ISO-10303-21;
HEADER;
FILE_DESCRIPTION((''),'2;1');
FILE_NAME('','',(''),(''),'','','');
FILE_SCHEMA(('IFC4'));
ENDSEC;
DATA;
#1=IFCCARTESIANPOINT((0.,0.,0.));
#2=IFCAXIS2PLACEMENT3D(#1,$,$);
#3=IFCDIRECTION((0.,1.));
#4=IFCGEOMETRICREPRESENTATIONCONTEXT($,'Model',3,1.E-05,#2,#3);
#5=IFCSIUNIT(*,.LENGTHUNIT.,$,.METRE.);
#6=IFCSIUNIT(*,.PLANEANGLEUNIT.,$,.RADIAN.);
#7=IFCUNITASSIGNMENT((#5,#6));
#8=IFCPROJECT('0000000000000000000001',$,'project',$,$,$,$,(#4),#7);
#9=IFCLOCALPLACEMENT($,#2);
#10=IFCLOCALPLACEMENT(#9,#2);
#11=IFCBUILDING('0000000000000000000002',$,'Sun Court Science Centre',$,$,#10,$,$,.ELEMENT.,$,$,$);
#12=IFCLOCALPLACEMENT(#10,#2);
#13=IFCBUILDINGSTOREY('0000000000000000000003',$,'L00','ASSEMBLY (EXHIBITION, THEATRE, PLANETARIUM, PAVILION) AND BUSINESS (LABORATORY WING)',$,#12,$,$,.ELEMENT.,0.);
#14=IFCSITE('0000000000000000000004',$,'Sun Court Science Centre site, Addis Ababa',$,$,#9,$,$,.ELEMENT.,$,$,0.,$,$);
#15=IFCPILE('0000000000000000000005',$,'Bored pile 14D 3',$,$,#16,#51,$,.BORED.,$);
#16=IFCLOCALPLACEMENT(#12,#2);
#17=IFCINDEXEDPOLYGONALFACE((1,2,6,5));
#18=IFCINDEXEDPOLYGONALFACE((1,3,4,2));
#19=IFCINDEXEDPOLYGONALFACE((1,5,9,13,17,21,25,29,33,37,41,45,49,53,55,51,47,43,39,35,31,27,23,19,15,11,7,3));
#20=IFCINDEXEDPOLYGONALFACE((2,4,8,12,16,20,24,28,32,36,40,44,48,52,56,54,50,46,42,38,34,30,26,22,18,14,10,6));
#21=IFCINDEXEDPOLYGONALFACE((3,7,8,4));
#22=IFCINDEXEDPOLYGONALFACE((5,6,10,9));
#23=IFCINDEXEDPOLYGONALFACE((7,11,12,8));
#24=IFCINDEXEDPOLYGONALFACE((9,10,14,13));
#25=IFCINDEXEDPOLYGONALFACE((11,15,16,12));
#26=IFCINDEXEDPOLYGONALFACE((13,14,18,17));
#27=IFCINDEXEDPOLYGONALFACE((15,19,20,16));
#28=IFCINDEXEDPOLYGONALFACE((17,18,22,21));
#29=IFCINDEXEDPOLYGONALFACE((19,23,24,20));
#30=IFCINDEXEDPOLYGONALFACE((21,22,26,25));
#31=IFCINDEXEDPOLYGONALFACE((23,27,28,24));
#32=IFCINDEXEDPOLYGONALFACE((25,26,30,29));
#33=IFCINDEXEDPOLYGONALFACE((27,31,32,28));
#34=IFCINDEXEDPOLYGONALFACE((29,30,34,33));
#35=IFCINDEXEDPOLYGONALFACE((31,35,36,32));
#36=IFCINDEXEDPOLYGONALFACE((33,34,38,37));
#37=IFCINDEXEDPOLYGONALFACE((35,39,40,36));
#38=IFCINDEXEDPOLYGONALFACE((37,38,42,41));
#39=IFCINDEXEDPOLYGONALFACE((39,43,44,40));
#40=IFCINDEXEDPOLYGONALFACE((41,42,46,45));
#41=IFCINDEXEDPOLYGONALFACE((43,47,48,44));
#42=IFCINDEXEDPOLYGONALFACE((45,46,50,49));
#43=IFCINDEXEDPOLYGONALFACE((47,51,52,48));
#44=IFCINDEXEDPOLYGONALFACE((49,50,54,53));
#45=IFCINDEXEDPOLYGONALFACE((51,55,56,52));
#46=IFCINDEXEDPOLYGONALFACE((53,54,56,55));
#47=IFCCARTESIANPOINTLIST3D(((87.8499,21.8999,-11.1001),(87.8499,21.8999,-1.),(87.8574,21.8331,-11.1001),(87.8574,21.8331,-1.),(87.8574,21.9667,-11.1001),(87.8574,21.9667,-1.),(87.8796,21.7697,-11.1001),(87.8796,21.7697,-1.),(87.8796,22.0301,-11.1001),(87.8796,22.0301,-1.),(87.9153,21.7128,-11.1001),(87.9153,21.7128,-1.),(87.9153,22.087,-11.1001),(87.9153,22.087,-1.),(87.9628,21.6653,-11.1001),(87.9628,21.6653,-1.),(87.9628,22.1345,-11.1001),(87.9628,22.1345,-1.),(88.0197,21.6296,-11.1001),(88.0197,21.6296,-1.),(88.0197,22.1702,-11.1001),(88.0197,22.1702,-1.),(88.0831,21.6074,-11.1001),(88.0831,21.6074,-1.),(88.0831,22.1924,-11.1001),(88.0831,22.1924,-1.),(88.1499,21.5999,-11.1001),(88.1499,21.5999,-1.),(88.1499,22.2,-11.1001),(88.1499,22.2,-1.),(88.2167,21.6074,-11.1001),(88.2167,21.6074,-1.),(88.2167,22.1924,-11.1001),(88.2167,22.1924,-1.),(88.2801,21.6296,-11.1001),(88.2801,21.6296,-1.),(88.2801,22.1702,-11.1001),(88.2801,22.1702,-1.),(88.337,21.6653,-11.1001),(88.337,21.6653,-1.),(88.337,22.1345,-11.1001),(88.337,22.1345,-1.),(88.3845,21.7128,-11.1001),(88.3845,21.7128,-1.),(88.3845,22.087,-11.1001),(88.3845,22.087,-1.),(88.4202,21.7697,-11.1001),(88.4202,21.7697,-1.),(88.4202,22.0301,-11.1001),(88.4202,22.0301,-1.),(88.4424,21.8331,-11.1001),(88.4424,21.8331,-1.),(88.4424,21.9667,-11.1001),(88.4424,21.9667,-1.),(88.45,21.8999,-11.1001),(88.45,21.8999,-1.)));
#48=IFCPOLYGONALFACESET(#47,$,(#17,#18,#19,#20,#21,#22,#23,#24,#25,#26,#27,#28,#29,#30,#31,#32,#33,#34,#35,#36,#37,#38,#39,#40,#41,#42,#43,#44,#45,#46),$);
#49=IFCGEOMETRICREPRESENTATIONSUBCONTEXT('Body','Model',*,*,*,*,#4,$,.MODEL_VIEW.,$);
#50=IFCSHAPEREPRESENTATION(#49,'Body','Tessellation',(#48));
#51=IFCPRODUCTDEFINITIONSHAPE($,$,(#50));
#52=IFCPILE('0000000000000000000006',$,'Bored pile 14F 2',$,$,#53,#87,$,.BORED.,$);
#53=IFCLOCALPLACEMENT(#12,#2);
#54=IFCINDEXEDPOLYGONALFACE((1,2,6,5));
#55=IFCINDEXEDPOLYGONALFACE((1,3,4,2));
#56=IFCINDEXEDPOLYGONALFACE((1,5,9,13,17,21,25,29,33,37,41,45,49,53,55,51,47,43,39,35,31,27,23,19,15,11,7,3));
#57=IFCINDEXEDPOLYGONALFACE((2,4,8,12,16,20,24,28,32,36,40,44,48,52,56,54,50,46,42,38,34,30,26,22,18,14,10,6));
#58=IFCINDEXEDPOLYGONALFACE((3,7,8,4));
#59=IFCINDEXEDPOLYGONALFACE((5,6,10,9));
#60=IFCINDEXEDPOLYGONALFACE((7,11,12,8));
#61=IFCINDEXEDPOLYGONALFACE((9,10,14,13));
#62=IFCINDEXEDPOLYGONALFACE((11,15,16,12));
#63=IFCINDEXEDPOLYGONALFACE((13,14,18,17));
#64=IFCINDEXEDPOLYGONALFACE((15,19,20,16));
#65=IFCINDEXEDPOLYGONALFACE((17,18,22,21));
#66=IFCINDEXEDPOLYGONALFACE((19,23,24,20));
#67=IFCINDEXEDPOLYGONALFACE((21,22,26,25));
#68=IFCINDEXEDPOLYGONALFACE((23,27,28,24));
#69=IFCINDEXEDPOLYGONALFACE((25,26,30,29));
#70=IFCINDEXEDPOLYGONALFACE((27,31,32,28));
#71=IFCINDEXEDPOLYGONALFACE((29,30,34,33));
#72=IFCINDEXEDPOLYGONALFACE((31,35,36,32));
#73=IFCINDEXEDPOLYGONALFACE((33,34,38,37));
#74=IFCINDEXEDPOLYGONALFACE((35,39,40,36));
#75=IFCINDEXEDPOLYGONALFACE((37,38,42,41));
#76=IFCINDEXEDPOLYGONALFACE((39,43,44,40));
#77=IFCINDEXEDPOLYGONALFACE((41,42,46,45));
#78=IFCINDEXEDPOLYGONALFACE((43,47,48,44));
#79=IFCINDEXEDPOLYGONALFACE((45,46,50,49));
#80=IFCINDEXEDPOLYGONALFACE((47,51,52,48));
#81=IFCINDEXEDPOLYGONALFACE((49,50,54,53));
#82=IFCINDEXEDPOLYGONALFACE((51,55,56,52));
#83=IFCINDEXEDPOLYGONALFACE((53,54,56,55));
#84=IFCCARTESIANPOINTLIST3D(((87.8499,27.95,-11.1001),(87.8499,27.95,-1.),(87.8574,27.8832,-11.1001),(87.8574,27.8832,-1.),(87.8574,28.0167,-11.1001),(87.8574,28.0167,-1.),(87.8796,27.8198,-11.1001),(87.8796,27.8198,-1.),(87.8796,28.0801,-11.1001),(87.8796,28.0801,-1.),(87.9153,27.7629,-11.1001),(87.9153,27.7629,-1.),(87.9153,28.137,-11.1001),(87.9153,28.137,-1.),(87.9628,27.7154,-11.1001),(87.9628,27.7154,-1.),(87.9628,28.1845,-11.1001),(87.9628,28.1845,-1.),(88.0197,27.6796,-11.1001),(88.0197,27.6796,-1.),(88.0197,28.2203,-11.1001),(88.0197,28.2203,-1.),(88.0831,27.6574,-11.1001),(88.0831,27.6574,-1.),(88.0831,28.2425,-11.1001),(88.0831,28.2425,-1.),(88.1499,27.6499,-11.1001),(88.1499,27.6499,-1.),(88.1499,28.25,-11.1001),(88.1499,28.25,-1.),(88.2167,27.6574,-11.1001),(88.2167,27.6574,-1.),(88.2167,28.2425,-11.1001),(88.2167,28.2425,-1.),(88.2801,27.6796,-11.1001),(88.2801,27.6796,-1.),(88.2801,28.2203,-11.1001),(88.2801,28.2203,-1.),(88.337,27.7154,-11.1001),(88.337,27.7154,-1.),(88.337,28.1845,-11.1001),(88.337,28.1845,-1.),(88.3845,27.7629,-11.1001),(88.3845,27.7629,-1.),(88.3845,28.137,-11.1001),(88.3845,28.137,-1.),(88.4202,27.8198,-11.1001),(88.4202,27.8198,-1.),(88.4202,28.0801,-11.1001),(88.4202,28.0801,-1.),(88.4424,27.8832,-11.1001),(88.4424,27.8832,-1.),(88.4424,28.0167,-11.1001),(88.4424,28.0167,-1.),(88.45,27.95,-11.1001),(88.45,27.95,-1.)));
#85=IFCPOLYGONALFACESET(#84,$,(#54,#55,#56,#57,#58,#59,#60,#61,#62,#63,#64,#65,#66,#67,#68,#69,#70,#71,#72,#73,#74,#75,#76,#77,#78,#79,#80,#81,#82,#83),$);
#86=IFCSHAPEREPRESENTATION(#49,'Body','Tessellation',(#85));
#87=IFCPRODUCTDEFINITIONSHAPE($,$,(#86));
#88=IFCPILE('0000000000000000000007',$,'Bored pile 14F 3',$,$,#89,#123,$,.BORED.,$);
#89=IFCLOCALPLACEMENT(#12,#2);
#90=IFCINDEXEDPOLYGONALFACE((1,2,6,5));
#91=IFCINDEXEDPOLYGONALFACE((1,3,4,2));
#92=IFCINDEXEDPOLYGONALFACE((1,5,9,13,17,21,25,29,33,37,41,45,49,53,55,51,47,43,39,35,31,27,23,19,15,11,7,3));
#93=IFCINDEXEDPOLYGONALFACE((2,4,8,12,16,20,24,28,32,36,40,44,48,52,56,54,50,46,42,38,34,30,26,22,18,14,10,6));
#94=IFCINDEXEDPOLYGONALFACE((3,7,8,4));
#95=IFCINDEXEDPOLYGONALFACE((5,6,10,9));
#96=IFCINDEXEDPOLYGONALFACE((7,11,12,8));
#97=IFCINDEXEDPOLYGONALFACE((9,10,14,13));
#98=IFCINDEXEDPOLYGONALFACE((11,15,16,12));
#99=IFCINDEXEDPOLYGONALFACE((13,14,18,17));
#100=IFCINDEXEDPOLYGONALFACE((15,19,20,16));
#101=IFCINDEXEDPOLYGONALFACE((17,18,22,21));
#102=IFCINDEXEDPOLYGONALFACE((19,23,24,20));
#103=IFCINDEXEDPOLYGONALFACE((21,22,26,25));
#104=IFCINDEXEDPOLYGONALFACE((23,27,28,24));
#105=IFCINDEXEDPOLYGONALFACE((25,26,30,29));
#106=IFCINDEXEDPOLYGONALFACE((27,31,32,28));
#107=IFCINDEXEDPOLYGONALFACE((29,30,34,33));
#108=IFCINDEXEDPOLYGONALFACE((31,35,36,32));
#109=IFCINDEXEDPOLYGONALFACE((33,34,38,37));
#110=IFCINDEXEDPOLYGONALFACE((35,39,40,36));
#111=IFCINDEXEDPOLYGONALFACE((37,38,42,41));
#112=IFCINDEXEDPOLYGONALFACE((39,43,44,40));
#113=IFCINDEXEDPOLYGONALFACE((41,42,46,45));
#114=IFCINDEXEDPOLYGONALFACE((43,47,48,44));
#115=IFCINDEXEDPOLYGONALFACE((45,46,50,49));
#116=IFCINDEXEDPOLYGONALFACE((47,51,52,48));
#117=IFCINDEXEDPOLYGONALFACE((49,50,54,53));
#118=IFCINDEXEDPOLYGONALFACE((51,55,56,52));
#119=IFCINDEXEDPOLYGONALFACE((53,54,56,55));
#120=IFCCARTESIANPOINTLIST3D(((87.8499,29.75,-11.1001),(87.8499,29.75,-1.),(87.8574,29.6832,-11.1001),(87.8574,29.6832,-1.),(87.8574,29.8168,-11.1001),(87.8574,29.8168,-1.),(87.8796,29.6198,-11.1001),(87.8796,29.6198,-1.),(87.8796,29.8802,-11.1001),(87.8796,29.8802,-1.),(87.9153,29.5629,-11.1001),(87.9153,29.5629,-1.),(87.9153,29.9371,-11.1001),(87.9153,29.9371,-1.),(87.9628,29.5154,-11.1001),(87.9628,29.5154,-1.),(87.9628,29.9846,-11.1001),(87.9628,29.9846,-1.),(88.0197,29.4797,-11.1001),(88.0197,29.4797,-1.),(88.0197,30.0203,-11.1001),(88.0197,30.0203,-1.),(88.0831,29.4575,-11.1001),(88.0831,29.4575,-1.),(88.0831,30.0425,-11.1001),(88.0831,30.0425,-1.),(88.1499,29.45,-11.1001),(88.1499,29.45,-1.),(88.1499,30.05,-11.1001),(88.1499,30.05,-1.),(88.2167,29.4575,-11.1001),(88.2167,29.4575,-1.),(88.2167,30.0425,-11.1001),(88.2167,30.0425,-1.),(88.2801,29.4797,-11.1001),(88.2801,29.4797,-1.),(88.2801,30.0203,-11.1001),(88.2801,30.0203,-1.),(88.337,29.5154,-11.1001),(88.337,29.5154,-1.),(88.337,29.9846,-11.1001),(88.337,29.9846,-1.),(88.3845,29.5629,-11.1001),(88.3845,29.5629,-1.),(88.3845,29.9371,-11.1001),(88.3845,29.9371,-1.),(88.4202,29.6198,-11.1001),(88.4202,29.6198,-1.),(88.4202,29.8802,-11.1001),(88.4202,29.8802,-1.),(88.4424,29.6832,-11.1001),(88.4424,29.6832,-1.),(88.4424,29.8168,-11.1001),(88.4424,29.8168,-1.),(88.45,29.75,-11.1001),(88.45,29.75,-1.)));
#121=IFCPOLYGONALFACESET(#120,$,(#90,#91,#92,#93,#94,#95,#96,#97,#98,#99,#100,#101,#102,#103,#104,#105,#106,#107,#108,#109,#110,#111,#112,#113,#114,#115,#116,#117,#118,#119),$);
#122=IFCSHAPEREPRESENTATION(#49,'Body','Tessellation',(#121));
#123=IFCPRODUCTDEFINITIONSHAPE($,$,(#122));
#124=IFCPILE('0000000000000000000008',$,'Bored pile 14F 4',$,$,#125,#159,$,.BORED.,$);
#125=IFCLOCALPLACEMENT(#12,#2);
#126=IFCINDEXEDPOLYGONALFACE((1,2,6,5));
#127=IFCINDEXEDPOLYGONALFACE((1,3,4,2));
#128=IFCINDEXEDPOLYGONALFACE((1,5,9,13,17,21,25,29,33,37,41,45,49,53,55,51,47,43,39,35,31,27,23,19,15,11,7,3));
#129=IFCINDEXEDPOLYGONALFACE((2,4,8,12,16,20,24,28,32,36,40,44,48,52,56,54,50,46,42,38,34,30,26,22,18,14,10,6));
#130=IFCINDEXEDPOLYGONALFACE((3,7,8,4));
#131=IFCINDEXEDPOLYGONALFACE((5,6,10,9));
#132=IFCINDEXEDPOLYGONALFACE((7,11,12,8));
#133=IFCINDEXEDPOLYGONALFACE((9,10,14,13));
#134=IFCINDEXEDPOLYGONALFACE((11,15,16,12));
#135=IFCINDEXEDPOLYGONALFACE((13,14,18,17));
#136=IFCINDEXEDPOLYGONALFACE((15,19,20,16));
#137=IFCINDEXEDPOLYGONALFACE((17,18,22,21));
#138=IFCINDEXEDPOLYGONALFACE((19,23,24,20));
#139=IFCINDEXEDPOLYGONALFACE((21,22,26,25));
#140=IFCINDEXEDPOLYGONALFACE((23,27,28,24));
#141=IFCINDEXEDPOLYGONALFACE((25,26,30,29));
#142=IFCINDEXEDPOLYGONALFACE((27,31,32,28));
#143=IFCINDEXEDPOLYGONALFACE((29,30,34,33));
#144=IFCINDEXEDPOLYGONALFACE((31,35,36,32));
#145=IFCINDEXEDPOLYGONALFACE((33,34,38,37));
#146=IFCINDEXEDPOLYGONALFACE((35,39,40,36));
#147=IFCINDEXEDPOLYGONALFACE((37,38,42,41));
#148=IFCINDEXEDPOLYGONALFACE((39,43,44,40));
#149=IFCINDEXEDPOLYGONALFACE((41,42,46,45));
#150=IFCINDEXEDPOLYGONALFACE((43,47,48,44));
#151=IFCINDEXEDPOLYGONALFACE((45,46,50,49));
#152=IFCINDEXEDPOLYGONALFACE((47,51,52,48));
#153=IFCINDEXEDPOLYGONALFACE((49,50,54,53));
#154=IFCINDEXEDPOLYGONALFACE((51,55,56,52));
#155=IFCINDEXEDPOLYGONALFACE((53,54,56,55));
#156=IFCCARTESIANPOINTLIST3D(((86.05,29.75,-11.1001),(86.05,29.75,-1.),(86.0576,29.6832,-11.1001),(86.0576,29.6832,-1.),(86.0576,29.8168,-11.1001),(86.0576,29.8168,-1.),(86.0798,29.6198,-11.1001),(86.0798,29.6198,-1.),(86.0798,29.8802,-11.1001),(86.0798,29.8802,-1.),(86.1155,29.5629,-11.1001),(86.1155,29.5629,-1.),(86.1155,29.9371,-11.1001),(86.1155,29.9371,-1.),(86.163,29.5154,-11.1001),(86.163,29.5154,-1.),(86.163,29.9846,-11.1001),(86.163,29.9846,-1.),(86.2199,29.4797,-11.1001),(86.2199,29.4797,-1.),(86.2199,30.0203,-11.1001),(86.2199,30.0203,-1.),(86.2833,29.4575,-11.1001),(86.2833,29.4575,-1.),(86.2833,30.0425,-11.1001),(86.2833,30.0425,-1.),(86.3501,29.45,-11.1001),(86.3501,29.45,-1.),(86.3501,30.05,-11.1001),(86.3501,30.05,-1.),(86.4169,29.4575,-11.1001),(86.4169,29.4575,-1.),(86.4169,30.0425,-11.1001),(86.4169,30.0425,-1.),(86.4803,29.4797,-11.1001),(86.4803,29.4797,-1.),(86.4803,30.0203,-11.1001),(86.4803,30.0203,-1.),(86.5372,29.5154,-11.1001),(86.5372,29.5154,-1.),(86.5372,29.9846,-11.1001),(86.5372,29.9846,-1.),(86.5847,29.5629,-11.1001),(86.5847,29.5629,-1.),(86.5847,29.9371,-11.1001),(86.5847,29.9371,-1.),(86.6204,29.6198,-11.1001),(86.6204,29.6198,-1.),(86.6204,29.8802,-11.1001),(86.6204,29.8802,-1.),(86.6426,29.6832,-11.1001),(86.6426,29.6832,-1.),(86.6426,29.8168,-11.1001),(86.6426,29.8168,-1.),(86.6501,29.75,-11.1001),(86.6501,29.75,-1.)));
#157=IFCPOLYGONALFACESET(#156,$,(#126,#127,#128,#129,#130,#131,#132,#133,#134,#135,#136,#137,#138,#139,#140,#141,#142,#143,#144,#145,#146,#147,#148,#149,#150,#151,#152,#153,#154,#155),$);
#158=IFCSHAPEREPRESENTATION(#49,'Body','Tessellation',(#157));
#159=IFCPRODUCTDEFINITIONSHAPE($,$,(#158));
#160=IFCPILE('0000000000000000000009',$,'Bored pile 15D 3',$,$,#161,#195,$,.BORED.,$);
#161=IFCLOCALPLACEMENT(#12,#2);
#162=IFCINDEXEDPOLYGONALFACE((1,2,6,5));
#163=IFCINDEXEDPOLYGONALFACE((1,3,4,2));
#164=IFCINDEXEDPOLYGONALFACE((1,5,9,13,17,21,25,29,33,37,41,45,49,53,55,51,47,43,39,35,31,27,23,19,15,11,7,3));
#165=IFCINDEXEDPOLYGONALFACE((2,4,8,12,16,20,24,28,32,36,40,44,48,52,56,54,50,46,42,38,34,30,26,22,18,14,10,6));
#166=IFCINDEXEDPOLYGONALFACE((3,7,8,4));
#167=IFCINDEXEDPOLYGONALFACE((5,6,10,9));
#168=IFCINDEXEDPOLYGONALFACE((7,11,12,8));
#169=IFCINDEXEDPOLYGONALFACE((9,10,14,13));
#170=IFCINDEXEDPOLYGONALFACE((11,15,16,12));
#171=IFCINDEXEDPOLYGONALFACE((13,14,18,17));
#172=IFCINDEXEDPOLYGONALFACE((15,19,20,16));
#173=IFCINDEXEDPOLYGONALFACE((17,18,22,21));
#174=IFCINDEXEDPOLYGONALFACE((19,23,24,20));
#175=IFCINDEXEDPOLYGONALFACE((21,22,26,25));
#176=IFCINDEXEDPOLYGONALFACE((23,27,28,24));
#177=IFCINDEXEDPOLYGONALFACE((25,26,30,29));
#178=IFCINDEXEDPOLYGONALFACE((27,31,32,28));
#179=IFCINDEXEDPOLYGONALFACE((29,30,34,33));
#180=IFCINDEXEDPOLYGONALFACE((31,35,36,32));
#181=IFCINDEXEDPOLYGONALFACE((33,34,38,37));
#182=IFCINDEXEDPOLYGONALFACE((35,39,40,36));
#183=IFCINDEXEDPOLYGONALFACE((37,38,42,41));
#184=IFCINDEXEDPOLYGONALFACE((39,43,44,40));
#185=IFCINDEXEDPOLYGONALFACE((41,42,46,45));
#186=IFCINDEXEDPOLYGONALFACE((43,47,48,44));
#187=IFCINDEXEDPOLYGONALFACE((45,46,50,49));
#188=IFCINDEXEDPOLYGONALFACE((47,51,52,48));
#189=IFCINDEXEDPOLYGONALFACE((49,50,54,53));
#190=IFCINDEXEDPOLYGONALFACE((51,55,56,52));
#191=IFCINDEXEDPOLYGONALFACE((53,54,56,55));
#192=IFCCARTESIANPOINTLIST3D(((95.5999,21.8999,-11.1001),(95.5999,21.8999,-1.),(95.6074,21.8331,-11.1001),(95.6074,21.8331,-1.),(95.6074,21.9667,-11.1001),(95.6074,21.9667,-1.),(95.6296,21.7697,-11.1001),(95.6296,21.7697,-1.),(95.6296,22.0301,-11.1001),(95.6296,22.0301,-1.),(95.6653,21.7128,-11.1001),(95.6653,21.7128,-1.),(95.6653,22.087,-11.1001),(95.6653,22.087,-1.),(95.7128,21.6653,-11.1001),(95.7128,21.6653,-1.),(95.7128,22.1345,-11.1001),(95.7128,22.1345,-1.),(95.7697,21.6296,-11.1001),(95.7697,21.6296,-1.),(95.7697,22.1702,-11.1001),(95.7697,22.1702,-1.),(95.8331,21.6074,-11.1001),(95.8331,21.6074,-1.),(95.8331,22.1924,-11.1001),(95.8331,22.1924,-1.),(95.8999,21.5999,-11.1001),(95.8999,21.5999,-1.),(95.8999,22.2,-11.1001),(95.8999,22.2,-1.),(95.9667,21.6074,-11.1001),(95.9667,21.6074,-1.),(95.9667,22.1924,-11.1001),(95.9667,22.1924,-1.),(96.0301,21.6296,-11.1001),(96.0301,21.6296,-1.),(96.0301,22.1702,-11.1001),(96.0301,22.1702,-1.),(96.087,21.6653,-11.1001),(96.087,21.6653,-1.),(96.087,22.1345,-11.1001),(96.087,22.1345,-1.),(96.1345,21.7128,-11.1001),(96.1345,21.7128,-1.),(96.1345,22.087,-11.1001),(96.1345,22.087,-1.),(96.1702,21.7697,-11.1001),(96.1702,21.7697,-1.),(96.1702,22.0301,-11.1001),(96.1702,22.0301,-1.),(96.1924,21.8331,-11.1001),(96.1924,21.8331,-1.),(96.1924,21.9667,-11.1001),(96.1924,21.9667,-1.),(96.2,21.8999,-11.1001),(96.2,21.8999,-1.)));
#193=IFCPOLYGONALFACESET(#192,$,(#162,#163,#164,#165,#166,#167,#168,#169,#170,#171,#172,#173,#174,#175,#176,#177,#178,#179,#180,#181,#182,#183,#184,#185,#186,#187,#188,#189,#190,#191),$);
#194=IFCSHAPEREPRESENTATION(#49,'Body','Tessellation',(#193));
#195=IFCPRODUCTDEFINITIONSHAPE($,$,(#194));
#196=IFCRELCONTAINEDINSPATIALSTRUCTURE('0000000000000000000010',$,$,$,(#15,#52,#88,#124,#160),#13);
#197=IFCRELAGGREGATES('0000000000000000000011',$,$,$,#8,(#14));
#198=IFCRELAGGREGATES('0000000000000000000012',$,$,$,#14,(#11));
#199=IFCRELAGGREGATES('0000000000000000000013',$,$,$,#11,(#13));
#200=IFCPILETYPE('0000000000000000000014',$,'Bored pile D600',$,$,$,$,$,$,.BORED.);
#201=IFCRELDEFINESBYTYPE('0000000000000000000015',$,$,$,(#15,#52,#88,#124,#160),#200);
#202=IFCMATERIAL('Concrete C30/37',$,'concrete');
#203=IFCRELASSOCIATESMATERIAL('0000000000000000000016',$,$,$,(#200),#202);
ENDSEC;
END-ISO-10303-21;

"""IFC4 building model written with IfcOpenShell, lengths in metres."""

from ifc_helpers import new_model, si_unit, direction, frame, origin, origin_2d, place, context, subcontext, project, spatial, circle, extrude, material, material_profile, profile_set, type_object, element, save


model = new_model("IFC4")

# Units and contexts
model_context = context("Model", 3, precision=1e-05, world=origin(), true_north=direction((0.0, 1.0)))
body_context = subcontext(model_context, "Body", "Model", "MODEL_VIEW")
ifc_project = project(units=[si_unit("LENGTHUNIT", "METRE"), si_unit("PLANEANGLEUNIT", "RADIAN")], contexts=[model_context])

# Site, building, storey
site_placement = place(None, origin())
site = spatial("IfcSite", under=ifc_project, at=site_placement, Name="Sun Court Science Centre site, Addis Ababa", CompositionType="ELEMENT", RefElevation=0.0)
building_placement = place(site_placement, origin())
building = spatial("IfcBuilding", under=site, at=building_placement, Name="Sun Court Science Centre", CompositionType="ELEMENT")
storey_placement = place(building_placement, origin())
storey = spatial("IfcBuildingStorey", under=building, at=storey_placement, Name="L00", Description="ASSEMBLY (EXHIBITION, THEATRE, PLANETARIUM, PAVILION) AND BUSINESS (LABORATORY WING)", CompositionType="ELEMENT", Elevation=0.0)

# Piles
ifc_material_1 = material(Name="Concrete C30/37", Category="concrete")
ifc_material_profile_1 = material_profile(ifc_material_1, circle(Radius=0.3, at=origin_2d()), Name="RC D600")
ifc_profile_set_1 = profile_set([ifc_material_profile_1], Name="Concrete C30/37")
pile_type = type_object("IfcPileType", Name="Bored pile D600", PredefinedType="BORED", material=ifc_profile_set_1)
for number, where, z_axis, x_axis, name in (
    (1, (88.1499, 21.8999, -1.0), (0.0, 0.0, -1.0), (1.0, 0.0, 0.0), "Bored pile 14D 3"),
    (2, (88.1499, 27.95, -1.0), (0.0, 0.0, -1.0), (1.0, 0.0, 0.0), "Bored pile 14F 2"),
    (3, (88.1499, 29.75, -1.0), (0.0, 0.0, -1.0), (1.0, 0.0, 0.0), "Bored pile 14F 3"),
    (4, (86.3501, 29.75, -1.0), (0.0, 0.0, -1.0), (1.0, 0.0, 0.0), "Bored pile 14F 4"),
    (5, (95.8999, 21.8999, -1.0), (0.0, 0.0, -1.0), (1.0, 0.0, 0.0), "Bored pile 15D 3"),
):
    element("IfcPile", number, at=place(storey_placement, frame(where, z_axis=z_axis, x_axis=x_axis)), inside=storey, type_object=pile_type, Name=name, PredefinedType="BORED", context=body_context, shape_type="SweptSolid", body=[
        extrude(circle(Radius=0.3, at=origin_2d()), origin(), (0.0, 0.0, 1.0), 10.1001),
    ])

save(model, "model.ifc")
